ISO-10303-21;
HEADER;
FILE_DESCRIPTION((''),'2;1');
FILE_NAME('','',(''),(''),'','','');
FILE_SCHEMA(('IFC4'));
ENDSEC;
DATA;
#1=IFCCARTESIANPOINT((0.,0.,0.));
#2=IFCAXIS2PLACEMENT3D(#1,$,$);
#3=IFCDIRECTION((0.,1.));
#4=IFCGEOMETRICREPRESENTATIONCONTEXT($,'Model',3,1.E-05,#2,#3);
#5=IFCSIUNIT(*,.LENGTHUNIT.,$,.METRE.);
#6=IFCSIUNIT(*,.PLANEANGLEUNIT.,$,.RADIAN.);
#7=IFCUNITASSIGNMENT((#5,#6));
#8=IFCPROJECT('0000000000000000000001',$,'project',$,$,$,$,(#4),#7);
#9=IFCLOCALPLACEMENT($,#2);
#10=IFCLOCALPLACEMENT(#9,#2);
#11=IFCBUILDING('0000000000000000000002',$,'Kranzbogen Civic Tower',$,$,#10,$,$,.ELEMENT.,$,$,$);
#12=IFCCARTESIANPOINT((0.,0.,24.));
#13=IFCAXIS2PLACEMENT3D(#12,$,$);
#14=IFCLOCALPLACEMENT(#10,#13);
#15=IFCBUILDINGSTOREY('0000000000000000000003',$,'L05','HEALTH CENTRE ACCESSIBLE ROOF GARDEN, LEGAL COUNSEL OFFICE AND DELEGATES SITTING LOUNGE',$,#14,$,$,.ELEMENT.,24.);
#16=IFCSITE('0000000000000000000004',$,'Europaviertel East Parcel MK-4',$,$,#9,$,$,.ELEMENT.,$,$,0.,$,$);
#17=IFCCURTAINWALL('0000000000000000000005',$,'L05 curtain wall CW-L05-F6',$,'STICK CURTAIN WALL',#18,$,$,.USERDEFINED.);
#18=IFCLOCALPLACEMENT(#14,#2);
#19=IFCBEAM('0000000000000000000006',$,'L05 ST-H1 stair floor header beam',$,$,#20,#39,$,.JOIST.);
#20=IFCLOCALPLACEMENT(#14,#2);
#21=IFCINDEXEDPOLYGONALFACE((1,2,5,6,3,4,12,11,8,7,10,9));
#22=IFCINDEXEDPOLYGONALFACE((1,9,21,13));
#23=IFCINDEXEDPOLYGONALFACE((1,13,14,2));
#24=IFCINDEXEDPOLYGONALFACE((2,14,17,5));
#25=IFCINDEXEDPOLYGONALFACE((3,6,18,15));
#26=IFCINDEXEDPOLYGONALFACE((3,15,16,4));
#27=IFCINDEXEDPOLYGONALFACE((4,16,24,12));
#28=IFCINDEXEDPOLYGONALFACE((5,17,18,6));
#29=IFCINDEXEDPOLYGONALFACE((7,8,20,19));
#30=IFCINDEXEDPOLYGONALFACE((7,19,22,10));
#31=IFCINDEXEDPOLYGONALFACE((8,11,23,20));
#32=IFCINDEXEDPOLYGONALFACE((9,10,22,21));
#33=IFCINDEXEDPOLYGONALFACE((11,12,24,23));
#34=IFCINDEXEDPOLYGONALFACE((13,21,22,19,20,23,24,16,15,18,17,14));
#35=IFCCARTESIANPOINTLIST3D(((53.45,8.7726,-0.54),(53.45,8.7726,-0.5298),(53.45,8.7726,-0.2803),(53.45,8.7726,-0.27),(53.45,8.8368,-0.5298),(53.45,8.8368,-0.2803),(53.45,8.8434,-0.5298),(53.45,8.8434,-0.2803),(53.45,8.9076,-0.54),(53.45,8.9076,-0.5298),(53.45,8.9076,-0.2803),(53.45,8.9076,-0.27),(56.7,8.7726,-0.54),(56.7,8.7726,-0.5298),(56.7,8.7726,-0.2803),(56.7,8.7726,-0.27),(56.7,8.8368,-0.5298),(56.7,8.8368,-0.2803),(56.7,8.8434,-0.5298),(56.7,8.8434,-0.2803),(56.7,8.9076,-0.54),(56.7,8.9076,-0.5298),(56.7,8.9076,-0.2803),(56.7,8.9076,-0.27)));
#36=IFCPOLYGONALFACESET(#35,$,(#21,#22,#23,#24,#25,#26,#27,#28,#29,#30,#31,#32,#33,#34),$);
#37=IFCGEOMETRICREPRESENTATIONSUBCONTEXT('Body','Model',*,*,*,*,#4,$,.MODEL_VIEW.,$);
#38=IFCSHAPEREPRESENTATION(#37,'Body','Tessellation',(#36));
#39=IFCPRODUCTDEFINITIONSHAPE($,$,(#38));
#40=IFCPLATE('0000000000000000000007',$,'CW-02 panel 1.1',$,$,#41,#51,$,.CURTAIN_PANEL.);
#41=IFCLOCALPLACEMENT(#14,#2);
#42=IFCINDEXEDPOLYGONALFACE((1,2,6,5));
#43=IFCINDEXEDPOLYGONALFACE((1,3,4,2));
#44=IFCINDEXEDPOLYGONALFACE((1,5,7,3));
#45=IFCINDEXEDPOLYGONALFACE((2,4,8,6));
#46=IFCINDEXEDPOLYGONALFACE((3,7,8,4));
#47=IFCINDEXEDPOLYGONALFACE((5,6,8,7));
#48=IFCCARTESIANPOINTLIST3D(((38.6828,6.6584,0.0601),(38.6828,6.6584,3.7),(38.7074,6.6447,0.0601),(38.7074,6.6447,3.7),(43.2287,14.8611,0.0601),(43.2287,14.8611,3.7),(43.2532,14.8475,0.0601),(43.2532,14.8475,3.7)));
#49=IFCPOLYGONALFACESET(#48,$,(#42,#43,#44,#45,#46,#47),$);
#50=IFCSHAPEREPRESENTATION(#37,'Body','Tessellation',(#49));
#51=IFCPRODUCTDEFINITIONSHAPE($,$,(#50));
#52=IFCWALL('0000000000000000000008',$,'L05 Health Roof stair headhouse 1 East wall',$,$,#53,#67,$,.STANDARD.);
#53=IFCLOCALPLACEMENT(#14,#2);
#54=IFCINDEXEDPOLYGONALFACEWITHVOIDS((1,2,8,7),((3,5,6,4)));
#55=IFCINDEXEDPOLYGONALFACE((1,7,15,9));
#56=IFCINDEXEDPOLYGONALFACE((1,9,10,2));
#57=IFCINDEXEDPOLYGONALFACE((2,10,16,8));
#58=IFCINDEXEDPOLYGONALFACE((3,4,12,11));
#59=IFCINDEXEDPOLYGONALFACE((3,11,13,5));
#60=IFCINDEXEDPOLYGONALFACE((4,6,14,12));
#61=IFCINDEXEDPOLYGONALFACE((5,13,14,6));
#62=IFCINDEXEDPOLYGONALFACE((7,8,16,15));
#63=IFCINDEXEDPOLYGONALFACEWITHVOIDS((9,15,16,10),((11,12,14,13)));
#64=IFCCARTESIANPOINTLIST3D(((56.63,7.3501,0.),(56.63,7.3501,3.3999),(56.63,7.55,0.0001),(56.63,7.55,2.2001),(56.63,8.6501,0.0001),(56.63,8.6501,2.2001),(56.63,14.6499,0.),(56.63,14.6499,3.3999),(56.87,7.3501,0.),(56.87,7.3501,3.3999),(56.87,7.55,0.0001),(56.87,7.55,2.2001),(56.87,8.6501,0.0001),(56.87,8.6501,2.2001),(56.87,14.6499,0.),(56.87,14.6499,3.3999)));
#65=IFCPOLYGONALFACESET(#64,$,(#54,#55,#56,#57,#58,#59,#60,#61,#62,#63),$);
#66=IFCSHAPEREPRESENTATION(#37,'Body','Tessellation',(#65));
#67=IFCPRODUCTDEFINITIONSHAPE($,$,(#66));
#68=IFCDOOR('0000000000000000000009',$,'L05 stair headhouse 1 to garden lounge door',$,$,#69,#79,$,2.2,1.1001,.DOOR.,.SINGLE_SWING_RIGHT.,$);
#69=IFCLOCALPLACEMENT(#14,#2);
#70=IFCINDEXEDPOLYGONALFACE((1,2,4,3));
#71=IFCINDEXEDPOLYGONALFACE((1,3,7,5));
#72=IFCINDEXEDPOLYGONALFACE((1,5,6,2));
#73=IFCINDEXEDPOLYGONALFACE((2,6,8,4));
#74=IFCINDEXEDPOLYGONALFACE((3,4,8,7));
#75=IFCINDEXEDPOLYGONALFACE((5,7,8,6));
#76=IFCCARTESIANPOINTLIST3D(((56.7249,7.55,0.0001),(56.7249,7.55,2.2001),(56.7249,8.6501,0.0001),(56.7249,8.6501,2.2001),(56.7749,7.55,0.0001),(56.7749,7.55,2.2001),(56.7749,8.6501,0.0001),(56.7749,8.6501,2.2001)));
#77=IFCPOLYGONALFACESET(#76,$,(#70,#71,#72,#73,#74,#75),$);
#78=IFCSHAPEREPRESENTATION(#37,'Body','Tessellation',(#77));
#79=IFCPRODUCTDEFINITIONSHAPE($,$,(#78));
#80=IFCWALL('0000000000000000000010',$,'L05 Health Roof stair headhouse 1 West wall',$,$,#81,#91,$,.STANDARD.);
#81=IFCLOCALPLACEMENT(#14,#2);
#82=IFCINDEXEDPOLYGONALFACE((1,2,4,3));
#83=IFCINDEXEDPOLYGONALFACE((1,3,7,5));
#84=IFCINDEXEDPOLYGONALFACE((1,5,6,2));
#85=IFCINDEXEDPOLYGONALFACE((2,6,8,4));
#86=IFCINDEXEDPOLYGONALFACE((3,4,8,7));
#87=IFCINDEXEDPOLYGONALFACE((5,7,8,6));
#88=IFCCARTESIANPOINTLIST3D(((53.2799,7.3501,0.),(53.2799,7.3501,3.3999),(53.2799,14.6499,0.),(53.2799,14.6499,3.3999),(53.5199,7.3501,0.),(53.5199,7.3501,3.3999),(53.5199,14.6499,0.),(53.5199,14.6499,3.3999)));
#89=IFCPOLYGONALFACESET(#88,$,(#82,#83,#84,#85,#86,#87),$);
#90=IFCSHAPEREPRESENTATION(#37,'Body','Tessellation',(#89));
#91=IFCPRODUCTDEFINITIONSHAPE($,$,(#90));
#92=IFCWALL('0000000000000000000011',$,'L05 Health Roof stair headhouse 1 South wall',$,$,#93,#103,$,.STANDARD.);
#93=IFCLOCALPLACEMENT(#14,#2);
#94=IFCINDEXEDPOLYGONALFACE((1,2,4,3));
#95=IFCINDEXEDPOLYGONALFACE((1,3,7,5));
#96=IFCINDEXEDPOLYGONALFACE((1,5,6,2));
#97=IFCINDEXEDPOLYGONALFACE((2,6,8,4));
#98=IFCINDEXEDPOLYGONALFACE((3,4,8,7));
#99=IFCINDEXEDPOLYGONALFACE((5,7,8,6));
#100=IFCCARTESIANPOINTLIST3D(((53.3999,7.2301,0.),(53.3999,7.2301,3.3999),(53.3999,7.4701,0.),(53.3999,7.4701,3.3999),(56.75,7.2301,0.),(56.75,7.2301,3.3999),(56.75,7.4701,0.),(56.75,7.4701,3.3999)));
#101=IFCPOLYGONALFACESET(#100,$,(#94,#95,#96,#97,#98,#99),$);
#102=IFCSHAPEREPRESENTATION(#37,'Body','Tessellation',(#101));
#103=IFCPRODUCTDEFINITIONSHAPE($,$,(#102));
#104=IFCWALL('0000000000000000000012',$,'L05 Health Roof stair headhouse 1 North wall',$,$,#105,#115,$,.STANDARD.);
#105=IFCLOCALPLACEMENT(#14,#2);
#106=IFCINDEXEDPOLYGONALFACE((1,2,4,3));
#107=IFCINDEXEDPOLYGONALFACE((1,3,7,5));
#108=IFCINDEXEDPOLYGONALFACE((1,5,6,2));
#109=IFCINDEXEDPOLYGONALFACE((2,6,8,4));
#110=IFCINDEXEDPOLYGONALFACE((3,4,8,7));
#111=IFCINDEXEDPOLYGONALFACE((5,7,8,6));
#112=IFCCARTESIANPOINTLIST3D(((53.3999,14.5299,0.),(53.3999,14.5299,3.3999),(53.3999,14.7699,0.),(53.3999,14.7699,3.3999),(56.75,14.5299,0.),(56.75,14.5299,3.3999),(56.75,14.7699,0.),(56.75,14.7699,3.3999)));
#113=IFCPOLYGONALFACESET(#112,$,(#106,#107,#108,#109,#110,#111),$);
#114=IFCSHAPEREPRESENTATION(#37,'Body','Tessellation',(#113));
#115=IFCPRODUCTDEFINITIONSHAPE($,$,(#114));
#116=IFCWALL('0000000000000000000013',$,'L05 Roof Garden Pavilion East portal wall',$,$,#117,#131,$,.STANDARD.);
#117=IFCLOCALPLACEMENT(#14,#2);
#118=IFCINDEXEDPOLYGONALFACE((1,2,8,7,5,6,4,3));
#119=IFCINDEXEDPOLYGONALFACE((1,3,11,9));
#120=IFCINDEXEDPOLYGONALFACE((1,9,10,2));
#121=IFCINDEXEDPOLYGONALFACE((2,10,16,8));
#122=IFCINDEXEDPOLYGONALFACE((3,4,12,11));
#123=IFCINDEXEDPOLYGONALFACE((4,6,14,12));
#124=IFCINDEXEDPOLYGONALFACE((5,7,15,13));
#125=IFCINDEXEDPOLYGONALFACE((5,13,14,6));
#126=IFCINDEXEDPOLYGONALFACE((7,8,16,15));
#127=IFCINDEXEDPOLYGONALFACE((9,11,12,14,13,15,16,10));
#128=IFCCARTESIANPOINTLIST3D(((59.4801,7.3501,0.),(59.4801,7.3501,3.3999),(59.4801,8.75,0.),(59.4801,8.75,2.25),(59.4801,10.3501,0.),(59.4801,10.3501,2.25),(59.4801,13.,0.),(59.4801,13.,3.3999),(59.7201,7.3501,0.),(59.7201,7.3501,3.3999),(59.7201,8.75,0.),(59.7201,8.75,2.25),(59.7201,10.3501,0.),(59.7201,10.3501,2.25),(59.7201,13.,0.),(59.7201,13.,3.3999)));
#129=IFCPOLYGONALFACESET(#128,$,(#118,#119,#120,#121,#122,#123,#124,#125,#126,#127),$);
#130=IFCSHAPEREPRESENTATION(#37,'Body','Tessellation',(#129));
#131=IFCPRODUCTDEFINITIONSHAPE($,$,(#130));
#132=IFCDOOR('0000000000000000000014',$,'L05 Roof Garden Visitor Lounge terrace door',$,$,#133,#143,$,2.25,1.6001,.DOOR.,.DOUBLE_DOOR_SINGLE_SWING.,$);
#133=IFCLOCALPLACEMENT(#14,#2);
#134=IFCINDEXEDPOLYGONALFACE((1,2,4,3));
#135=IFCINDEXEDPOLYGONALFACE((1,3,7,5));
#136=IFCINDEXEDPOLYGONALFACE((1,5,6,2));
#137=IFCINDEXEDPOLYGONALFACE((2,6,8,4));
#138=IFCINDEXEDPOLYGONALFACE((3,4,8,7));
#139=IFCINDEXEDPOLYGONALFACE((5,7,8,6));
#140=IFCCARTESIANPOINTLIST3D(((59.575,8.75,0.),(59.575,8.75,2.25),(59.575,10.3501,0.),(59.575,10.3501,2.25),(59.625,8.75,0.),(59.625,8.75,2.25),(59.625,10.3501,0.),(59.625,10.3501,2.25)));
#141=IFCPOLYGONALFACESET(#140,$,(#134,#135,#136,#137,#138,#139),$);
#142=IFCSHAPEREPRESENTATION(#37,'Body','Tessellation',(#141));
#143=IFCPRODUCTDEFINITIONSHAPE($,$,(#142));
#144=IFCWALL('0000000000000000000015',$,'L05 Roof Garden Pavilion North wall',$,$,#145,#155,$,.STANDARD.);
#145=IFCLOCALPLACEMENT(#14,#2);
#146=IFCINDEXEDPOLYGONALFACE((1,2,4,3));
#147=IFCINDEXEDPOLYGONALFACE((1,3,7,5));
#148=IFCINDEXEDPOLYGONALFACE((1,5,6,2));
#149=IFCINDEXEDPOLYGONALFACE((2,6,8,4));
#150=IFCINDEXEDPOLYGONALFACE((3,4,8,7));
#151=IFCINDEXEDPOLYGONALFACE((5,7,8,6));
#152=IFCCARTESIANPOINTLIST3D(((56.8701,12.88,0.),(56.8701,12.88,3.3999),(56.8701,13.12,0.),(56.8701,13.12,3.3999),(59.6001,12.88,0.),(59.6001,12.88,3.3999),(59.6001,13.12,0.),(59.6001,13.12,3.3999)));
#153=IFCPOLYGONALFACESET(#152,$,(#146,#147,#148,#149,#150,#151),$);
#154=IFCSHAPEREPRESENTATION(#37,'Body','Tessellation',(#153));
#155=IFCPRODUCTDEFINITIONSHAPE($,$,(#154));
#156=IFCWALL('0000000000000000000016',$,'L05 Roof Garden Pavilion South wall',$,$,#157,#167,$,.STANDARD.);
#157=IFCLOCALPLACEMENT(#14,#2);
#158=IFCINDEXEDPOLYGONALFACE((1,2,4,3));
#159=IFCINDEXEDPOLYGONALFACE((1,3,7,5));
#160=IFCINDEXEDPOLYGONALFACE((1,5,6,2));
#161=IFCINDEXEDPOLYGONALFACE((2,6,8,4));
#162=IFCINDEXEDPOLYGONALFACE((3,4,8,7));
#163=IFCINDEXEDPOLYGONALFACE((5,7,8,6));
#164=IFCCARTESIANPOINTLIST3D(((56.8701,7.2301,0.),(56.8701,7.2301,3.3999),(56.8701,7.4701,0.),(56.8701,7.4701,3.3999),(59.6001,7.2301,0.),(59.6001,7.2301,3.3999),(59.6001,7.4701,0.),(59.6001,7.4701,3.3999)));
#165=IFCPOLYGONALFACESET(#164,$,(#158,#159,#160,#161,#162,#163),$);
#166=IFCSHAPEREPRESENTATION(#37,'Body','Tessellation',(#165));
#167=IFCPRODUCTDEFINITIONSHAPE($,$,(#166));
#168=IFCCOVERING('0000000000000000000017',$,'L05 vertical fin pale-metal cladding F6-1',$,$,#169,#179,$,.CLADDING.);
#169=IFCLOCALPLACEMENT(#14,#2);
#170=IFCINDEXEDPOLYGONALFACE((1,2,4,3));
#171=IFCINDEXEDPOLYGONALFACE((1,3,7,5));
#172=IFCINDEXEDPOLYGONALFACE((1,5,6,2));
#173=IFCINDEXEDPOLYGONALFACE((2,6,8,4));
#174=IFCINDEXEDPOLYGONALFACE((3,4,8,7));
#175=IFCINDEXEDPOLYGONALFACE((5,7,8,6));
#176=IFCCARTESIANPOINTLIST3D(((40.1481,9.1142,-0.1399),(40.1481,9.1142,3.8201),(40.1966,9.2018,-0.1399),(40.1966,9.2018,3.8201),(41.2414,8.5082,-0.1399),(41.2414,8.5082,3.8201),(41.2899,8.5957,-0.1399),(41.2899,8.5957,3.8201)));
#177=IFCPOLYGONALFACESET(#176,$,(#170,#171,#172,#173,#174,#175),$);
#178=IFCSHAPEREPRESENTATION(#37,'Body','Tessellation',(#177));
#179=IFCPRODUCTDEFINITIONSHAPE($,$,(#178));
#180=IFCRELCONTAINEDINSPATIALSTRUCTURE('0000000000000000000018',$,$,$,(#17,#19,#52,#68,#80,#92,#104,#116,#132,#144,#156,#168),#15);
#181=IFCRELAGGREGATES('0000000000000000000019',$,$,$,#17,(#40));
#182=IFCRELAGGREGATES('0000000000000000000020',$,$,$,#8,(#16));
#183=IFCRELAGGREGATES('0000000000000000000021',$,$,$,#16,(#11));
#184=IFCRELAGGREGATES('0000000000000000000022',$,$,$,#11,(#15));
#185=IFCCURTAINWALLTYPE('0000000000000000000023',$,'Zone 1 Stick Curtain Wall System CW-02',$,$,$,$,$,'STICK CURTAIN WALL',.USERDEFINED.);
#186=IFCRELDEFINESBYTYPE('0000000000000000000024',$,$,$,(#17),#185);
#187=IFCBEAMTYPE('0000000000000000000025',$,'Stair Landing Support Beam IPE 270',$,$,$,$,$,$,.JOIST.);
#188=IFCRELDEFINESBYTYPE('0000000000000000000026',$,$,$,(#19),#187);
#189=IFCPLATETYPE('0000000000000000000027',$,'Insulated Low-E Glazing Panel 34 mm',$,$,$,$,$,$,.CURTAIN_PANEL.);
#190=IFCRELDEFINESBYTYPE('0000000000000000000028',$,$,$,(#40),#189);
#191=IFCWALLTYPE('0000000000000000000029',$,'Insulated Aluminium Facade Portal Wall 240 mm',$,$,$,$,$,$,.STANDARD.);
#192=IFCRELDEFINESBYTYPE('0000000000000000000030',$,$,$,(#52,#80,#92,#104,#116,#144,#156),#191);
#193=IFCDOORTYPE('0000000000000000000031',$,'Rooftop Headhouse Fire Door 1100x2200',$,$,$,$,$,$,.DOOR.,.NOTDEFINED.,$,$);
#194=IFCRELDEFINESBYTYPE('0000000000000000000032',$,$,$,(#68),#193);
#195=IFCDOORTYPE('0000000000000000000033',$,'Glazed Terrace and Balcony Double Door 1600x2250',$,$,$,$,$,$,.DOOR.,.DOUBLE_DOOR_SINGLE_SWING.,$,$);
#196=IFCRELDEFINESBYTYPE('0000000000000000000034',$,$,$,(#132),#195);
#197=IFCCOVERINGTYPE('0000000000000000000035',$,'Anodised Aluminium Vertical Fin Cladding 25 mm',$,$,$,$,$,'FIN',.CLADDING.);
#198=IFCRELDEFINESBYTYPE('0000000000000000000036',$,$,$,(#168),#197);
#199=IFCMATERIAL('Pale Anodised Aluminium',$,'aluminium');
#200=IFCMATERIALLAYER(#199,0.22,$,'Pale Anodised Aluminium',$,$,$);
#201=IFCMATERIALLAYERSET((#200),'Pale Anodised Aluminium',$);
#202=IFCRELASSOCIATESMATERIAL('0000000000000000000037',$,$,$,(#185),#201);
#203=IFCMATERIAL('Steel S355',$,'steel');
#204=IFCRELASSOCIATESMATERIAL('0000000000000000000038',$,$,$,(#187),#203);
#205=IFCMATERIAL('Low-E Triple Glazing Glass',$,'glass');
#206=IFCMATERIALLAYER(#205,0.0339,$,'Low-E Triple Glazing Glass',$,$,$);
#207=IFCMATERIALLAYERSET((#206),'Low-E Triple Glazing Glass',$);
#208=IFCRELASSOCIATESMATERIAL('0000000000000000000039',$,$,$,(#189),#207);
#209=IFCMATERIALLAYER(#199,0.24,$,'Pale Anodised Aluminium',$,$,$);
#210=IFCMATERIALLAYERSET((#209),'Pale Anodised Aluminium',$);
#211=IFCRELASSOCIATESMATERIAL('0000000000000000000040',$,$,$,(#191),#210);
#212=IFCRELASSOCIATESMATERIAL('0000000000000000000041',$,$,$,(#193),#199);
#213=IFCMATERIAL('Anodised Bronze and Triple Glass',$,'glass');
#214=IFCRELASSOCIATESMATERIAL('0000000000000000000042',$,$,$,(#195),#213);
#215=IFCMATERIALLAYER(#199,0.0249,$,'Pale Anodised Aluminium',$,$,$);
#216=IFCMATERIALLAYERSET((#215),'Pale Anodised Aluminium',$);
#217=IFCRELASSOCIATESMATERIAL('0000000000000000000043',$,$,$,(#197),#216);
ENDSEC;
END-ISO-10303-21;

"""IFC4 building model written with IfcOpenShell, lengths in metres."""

from ifc_helpers import new_model, si_unit, direction, frame, frame_2d, origin, origin_2d, place, context, subcontext, project, spatial, rectangle, i_section, extrude, material, layer, layer_set, material_profile, profile_set, type_object, element, fill, aggregate, save


model = new_model("IFC4")

# Units and contexts
model_context = context("Model", 3, precision=1e-05, world=origin(), true_north=direction((0.0, 1.0)))
body_context = subcontext(model_context, "Body", "Model", "MODEL_VIEW")
ifc_project = project(units=[si_unit("LENGTHUNIT", "METRE"), si_unit("PLANEANGLEUNIT", "RADIAN")], contexts=[model_context])

# Site, building, storey
site_placement = place(None, origin())
site = spatial("IfcSite", under=ifc_project, at=site_placement, Name="Europaviertel East Parcel MK-4", CompositionType="ELEMENT", RefElevation=0.0)
building_placement = place(site_placement, origin())
building = spatial("IfcBuilding", under=site, at=building_placement, Name="Kranzbogen Civic Tower", CompositionType="ELEMENT")
storey_placement = place(building_placement, frame((0.0, 0.0, 24.0)))
storey = spatial("IfcBuildingStorey", under=building, at=storey_placement, Name="L05", Description="HEALTH CENTRE ACCESSIBLE ROOF GARDEN, LEGAL COUNSEL OFFICE AND DELEGATES SITTING LOUNGE", CompositionType="ELEMENT", Elevation=24.0)

# Curtain wall
ifc_material_1 = material(Name="Pale Anodised Aluminium", Category="aluminium")
ifc_layer_1 = layer(ifc_material_1, 0.22, Name="Pale Anodised Aluminium")
ifc_layer_set_1 = layer_set([ifc_layer_1], Name="Pale Anodised Aluminium")
curtain_wall_type = type_object("IfcCurtainWallType", Name="Zone 1 Stick Curtain Wall System CW-02", ElementType="STICK CURTAIN WALL", PredefinedType="USERDEFINED", material=ifc_layer_set_1)
curtain_wall_placement = place(storey_placement, origin())
curtain_wall = element("IfcCurtainWall", 1, at=curtain_wall_placement, inside=storey, type_object=curtain_wall_type, Name="L05 curtain wall CW-L05-F6", ObjectType="STICK CURTAIN WALL", PredefinedType="USERDEFINED")

# Beam
ifc_material_2 = material(Name="Steel S355", Category="steel")
ifc_material_profile_1 = material_profile(ifc_material_2, i_section(OverallWidth=0.135, OverallDepth=0.27, WebThickness=0.0066, FlangeThickness=0.0103, at=origin_2d()), Name="IPE 270")
ifc_profile_set_1 = profile_set([ifc_material_profile_1], Name="Steel S355")
beam_type_1 = type_object("IfcBeamType", Name="Stair Landing Support Beam IPE 270", PredefinedType="JOIST", material=ifc_profile_set_1)
beam_1_placement = place(storey_placement, frame((56.7, 8.8401, -0.405), z_axis=(-1.0, 0.0, 0.0), x_axis=(0.0, -1.0, 0.0)))
element("IfcBeam", 2, at=beam_1_placement, inside=storey, type_object=beam_type_1, Name="L05 ST-H1 stair floor header beam", PredefinedType="JOIST", context=body_context, shape_type="SweptSolid", body=[
    extrude(i_section(OverallWidth=0.135, OverallDepth=0.27, WebThickness=0.0066, FlangeThickness=0.0103, at=origin_2d()), origin(), (0.0, 0.0, 1.0), 3.25),
])

# Plate
ifc_material_3 = material(Name="Low-E Triple Glazing Glass", Category="glass")
ifc_layer_2 = layer(ifc_material_3, 0.0339, Name="Low-E Triple Glazing Glass")
ifc_layer_set_2 = layer_set([ifc_layer_2], Name="Low-E Triple Glazing Glass")
plate_type = type_object("IfcPlateType", Name="Insulated Low-E Glazing Panel 34 mm", PredefinedType="CURTAIN_PANEL", material=ifc_layer_set_2)
plate_placement = place(storey_placement, frame((40.968, 10.7529, 0.0601), z_axis=(0.0, 0.0, 1.0), x_axis=(0.484728, 0.874665, 0.0)))
plate = element("IfcPlate", 3, at=plate_placement, type_object=plate_type, Name="CW-02 panel 1.1", PredefinedType="CURTAIN_PANEL", context=body_context, shape_type="SweptSolid", body=[
    extrude(rectangle(XDim=9.3782, YDim=0.0281, at=origin_2d()), origin(), (0.0, 0.0, 1.0), 3.6399),
])
aggregate(curtain_wall, [plate])

# Wall, opening, door
ifc_layer_3 = layer(ifc_material_1, 0.24, Name="Pale Anodised Aluminium")
ifc_layer_set_3 = layer_set([ifc_layer_3], Name="Pale Anodised Aluminium")
wall_type = type_object("IfcWallType", Name="Insulated Aluminium Facade Portal Wall 240 mm", PredefinedType="STANDARD", material=ifc_layer_set_3)
wall_1_placement = place(storey_placement, frame((56.75, 7.3501, 0.0), z_axis=(0.0, 0.0, 1.0), x_axis=(0.0, 1.0, 0.0)))
wall_1 = element("IfcWall", 4, at=wall_1_placement, inside=storey, type_object=wall_type, Name="L05 Health Roof stair headhouse 1 East wall", PredefinedType="STANDARD", context=body_context, shape_type="SweptSolid", body=[
    extrude(rectangle(XDim=7.2998, YDim=0.24, at=frame_2d((3.6499, 0.0))), origin(), (0.0, 0.0, 1.0), 3.3999),
])
opening_1_placement = place(wall_1_placement, frame((0.2, 0.0, 0.0)))
opening_1 = element("IfcOpeningElement", 5, at=opening_1_placement, cuts=wall_1, PredefinedType="OPENING", context=body_context, shape_type="SweptSolid", body=[
    extrude(rectangle(XDim=1.1001, YDim=2.2, at=frame_2d((0.55, 1.1001))), frame((0.0, 0.1299, 0.0), z_axis=(0.0, -1.0, 0.0), x_axis=(1.0, 0.0, 0.0)), (0.0, 0.0, 1.0), 0.26),
])
door_type_1 = type_object("IfcDoorType", Name="Rooftop Headhouse Fire Door 1100x2200", OperationType="NOTDEFINED", PredefinedType="DOOR", material=ifc_material_1)
door_1_placement = place(opening_1_placement, frame((1.1001, 0.0, 0.0), z_axis=(0.0, 0.0, 1.0), x_axis=(-1.0, 0.0, 0.0)))
door_1 = element("IfcDoor", 6, at=door_1_placement, inside=storey, type_object=door_type_1, Name="L05 stair headhouse 1 to garden lounge door", OperationType="SINGLE_SWING_RIGHT", OverallHeight=2.2, OverallWidth=1.1001, PredefinedType="DOOR", context=body_context, shape_type="SweptSolid", body=[
    extrude(rectangle(XDim=1.1001, YDim=2.2, at=frame_2d((0.55, 1.1001))), frame((0.0, 0.0249, 0.0), z_axis=(0.0, -1.0, 0.0), x_axis=(1.0, 0.0, 0.0)), (0.0, 0.0, 1.0), 0.05),
])
fill(opening_1, door_1)

# Walls
wall_2_placement = place(storey_placement, frame((53.3999, 14.6499, 0.0), z_axis=(0.0, 0.0, 1.0), x_axis=(0.0, -1.0, 0.0)))
element("IfcWall", 7, at=wall_2_placement, inside=storey, type_object=wall_type, Name="L05 Health Roof stair headhouse 1 West wall", PredefinedType="STANDARD", context=body_context, shape_type="SweptSolid", body=[
    extrude(rectangle(XDim=7.2998, YDim=0.24, at=frame_2d((3.6499, 0.0))), origin(), (0.0, 0.0, 1.0), 3.3999),
])
for number, where, z_axis, x_axis, name in (
    (8, (53.3999, 7.3501, 0.0), (0.0, 0.0, 1.0), (1.0, 0.0, 0.0), "L05 Health Roof stair headhouse 1 South wall"),
    (9, (56.75, 14.6499, 0.0), (0.0, 0.0, 1.0), (-1.0, 0.0, 0.0), "L05 Health Roof stair headhouse 1 North wall"),
):
    element("IfcWall", number, at=place(storey_placement, frame(where, z_axis=z_axis, x_axis=x_axis)), inside=storey, type_object=wall_type, Name=name, PredefinedType="STANDARD", context=body_context, shape_type="SweptSolid", body=[
        extrude(rectangle(XDim=3.3501, YDim=0.24, at=frame_2d((1.675, 0.0))), origin(), (0.0, 0.0, 1.0), 3.3999),
    ])

# Wall, opening, door
wall_3_placement = place(storey_placement, frame((59.6001, 7.3501, 0.0), z_axis=(0.0, 0.0, 1.0), x_axis=(0.0, 1.0, 0.0)))
wall_3 = element("IfcWall", 10, at=wall_3_placement, inside=storey, type_object=wall_type, Name="L05 Roof Garden Pavilion East portal wall", PredefinedType="STANDARD", context=body_context, shape_type="SweptSolid", body=[
    extrude(rectangle(XDim=5.6499, YDim=0.24, at=frame_2d((2.825, 0.0))), origin(), (0.0, 0.0, 1.0), 3.3999),
])
opening_2_placement = place(wall_3_placement, frame((1.3999, 0.0, 0.0)))
opening_2 = element("IfcOpeningElement", 11, at=opening_2_placement, cuts=wall_3, PredefinedType="OPENING", context=body_context, shape_type="SweptSolid", body=[
    extrude(rectangle(XDim=1.6001, YDim=2.25, at=frame_2d((0.8, 1.125))), frame((0.0, 0.1299, 0.0), z_axis=(0.0, -1.0, 0.0), x_axis=(1.0, 0.0, 0.0)), (0.0, 0.0, 1.0), 0.26),
])
ifc_material_4 = material(Name="Anodised Bronze and Triple Glass", Category="glass")
door_type_2 = type_object("IfcDoorType", Name="Glazed Terrace and Balcony Double Door 1600x2250", OperationType="DOUBLE_DOOR_SINGLE_SWING", PredefinedType="DOOR", material=ifc_material_4)
door_2_placement = place(opening_2_placement, frame((1.6001, 0.0, 0.0), z_axis=(0.0, 0.0, 1.0), x_axis=(-1.0, 0.0, 0.0)))
door_2 = element("IfcDoor", 12, at=door_2_placement, inside=storey, type_object=door_type_2, Name="L05 Roof Garden Visitor Lounge terrace door", OperationType="DOUBLE_DOOR_SINGLE_SWING", OverallHeight=2.25, OverallWidth=1.6001, PredefinedType="DOOR", context=body_context, shape_type="SweptSolid", body=[
    extrude(rectangle(XDim=1.6001, YDim=2.25, at=frame_2d((0.8, 1.125))), frame((0.0, 0.0249, 0.0), z_axis=(0.0, -1.0, 0.0), x_axis=(1.0, 0.0, 0.0)), (0.0, 0.0, 1.0), 0.05),
])
fill(opening_2, door_2)

# Walls
for number, where, z_axis, x_axis, name in (
    (13, (59.6001, 13.0, 0.0), (0.0, 0.0, 1.0), (-1.0, 0.0, 0.0), "L05 Roof Garden Pavilion North wall"),
    (14, (56.8701, 7.3501, 0.0), (0.0, 0.0, 1.0), (1.0, 0.0, 0.0), "L05 Roof Garden Pavilion South wall"),
):
    element("IfcWall", number, at=place(storey_placement, frame(where, z_axis=z_axis, x_axis=x_axis)), inside=storey, type_object=wall_type, Name=name, PredefinedType="STANDARD", context=body_context, shape_type="SweptSolid", body=[
        extrude(rectangle(XDim=2.73, YDim=0.24, at=frame_2d((1.365, 0.0))), origin(), (0.0, 0.0, 1.0), 3.3999),
    ])

# Covering
ifc_layer_4 = layer(ifc_material_1, 0.0249, Name="Pale Anodised Aluminium")
ifc_layer_set_4 = layer_set([ifc_layer_4], Name="Pale Anodised Aluminium")
covering_type = type_object("IfcCoveringType", Name="Anodised Aluminium Vertical Fin Cladding 25 mm", ElementType="FIN", PredefinedType="CLADDING", material=ifc_layer_set_4)
for number, where, z_axis, x_axis, name in (
    (15, (40.719, 8.855, -0.1399), (0.0, 0.0, 1.0), (0.87462, -0.48481, 0.0), "L05 vertical fin pale-metal cladding F6-1"),
):
    element("IfcCovering", number, at=place(storey_placement, frame(where, z_axis=z_axis, x_axis=x_axis)), inside=storey, type_object=covering_type, Name=name, PredefinedType="CLADDING", context=body_context, shape_type="SweptSolid", body=[
        extrude(rectangle(XDim=1.25, YDim=0.1001, at=origin_2d()), origin(), (0.0, 0.0, 1.0), 3.96),
    ])

save(model, "model.ifc")
